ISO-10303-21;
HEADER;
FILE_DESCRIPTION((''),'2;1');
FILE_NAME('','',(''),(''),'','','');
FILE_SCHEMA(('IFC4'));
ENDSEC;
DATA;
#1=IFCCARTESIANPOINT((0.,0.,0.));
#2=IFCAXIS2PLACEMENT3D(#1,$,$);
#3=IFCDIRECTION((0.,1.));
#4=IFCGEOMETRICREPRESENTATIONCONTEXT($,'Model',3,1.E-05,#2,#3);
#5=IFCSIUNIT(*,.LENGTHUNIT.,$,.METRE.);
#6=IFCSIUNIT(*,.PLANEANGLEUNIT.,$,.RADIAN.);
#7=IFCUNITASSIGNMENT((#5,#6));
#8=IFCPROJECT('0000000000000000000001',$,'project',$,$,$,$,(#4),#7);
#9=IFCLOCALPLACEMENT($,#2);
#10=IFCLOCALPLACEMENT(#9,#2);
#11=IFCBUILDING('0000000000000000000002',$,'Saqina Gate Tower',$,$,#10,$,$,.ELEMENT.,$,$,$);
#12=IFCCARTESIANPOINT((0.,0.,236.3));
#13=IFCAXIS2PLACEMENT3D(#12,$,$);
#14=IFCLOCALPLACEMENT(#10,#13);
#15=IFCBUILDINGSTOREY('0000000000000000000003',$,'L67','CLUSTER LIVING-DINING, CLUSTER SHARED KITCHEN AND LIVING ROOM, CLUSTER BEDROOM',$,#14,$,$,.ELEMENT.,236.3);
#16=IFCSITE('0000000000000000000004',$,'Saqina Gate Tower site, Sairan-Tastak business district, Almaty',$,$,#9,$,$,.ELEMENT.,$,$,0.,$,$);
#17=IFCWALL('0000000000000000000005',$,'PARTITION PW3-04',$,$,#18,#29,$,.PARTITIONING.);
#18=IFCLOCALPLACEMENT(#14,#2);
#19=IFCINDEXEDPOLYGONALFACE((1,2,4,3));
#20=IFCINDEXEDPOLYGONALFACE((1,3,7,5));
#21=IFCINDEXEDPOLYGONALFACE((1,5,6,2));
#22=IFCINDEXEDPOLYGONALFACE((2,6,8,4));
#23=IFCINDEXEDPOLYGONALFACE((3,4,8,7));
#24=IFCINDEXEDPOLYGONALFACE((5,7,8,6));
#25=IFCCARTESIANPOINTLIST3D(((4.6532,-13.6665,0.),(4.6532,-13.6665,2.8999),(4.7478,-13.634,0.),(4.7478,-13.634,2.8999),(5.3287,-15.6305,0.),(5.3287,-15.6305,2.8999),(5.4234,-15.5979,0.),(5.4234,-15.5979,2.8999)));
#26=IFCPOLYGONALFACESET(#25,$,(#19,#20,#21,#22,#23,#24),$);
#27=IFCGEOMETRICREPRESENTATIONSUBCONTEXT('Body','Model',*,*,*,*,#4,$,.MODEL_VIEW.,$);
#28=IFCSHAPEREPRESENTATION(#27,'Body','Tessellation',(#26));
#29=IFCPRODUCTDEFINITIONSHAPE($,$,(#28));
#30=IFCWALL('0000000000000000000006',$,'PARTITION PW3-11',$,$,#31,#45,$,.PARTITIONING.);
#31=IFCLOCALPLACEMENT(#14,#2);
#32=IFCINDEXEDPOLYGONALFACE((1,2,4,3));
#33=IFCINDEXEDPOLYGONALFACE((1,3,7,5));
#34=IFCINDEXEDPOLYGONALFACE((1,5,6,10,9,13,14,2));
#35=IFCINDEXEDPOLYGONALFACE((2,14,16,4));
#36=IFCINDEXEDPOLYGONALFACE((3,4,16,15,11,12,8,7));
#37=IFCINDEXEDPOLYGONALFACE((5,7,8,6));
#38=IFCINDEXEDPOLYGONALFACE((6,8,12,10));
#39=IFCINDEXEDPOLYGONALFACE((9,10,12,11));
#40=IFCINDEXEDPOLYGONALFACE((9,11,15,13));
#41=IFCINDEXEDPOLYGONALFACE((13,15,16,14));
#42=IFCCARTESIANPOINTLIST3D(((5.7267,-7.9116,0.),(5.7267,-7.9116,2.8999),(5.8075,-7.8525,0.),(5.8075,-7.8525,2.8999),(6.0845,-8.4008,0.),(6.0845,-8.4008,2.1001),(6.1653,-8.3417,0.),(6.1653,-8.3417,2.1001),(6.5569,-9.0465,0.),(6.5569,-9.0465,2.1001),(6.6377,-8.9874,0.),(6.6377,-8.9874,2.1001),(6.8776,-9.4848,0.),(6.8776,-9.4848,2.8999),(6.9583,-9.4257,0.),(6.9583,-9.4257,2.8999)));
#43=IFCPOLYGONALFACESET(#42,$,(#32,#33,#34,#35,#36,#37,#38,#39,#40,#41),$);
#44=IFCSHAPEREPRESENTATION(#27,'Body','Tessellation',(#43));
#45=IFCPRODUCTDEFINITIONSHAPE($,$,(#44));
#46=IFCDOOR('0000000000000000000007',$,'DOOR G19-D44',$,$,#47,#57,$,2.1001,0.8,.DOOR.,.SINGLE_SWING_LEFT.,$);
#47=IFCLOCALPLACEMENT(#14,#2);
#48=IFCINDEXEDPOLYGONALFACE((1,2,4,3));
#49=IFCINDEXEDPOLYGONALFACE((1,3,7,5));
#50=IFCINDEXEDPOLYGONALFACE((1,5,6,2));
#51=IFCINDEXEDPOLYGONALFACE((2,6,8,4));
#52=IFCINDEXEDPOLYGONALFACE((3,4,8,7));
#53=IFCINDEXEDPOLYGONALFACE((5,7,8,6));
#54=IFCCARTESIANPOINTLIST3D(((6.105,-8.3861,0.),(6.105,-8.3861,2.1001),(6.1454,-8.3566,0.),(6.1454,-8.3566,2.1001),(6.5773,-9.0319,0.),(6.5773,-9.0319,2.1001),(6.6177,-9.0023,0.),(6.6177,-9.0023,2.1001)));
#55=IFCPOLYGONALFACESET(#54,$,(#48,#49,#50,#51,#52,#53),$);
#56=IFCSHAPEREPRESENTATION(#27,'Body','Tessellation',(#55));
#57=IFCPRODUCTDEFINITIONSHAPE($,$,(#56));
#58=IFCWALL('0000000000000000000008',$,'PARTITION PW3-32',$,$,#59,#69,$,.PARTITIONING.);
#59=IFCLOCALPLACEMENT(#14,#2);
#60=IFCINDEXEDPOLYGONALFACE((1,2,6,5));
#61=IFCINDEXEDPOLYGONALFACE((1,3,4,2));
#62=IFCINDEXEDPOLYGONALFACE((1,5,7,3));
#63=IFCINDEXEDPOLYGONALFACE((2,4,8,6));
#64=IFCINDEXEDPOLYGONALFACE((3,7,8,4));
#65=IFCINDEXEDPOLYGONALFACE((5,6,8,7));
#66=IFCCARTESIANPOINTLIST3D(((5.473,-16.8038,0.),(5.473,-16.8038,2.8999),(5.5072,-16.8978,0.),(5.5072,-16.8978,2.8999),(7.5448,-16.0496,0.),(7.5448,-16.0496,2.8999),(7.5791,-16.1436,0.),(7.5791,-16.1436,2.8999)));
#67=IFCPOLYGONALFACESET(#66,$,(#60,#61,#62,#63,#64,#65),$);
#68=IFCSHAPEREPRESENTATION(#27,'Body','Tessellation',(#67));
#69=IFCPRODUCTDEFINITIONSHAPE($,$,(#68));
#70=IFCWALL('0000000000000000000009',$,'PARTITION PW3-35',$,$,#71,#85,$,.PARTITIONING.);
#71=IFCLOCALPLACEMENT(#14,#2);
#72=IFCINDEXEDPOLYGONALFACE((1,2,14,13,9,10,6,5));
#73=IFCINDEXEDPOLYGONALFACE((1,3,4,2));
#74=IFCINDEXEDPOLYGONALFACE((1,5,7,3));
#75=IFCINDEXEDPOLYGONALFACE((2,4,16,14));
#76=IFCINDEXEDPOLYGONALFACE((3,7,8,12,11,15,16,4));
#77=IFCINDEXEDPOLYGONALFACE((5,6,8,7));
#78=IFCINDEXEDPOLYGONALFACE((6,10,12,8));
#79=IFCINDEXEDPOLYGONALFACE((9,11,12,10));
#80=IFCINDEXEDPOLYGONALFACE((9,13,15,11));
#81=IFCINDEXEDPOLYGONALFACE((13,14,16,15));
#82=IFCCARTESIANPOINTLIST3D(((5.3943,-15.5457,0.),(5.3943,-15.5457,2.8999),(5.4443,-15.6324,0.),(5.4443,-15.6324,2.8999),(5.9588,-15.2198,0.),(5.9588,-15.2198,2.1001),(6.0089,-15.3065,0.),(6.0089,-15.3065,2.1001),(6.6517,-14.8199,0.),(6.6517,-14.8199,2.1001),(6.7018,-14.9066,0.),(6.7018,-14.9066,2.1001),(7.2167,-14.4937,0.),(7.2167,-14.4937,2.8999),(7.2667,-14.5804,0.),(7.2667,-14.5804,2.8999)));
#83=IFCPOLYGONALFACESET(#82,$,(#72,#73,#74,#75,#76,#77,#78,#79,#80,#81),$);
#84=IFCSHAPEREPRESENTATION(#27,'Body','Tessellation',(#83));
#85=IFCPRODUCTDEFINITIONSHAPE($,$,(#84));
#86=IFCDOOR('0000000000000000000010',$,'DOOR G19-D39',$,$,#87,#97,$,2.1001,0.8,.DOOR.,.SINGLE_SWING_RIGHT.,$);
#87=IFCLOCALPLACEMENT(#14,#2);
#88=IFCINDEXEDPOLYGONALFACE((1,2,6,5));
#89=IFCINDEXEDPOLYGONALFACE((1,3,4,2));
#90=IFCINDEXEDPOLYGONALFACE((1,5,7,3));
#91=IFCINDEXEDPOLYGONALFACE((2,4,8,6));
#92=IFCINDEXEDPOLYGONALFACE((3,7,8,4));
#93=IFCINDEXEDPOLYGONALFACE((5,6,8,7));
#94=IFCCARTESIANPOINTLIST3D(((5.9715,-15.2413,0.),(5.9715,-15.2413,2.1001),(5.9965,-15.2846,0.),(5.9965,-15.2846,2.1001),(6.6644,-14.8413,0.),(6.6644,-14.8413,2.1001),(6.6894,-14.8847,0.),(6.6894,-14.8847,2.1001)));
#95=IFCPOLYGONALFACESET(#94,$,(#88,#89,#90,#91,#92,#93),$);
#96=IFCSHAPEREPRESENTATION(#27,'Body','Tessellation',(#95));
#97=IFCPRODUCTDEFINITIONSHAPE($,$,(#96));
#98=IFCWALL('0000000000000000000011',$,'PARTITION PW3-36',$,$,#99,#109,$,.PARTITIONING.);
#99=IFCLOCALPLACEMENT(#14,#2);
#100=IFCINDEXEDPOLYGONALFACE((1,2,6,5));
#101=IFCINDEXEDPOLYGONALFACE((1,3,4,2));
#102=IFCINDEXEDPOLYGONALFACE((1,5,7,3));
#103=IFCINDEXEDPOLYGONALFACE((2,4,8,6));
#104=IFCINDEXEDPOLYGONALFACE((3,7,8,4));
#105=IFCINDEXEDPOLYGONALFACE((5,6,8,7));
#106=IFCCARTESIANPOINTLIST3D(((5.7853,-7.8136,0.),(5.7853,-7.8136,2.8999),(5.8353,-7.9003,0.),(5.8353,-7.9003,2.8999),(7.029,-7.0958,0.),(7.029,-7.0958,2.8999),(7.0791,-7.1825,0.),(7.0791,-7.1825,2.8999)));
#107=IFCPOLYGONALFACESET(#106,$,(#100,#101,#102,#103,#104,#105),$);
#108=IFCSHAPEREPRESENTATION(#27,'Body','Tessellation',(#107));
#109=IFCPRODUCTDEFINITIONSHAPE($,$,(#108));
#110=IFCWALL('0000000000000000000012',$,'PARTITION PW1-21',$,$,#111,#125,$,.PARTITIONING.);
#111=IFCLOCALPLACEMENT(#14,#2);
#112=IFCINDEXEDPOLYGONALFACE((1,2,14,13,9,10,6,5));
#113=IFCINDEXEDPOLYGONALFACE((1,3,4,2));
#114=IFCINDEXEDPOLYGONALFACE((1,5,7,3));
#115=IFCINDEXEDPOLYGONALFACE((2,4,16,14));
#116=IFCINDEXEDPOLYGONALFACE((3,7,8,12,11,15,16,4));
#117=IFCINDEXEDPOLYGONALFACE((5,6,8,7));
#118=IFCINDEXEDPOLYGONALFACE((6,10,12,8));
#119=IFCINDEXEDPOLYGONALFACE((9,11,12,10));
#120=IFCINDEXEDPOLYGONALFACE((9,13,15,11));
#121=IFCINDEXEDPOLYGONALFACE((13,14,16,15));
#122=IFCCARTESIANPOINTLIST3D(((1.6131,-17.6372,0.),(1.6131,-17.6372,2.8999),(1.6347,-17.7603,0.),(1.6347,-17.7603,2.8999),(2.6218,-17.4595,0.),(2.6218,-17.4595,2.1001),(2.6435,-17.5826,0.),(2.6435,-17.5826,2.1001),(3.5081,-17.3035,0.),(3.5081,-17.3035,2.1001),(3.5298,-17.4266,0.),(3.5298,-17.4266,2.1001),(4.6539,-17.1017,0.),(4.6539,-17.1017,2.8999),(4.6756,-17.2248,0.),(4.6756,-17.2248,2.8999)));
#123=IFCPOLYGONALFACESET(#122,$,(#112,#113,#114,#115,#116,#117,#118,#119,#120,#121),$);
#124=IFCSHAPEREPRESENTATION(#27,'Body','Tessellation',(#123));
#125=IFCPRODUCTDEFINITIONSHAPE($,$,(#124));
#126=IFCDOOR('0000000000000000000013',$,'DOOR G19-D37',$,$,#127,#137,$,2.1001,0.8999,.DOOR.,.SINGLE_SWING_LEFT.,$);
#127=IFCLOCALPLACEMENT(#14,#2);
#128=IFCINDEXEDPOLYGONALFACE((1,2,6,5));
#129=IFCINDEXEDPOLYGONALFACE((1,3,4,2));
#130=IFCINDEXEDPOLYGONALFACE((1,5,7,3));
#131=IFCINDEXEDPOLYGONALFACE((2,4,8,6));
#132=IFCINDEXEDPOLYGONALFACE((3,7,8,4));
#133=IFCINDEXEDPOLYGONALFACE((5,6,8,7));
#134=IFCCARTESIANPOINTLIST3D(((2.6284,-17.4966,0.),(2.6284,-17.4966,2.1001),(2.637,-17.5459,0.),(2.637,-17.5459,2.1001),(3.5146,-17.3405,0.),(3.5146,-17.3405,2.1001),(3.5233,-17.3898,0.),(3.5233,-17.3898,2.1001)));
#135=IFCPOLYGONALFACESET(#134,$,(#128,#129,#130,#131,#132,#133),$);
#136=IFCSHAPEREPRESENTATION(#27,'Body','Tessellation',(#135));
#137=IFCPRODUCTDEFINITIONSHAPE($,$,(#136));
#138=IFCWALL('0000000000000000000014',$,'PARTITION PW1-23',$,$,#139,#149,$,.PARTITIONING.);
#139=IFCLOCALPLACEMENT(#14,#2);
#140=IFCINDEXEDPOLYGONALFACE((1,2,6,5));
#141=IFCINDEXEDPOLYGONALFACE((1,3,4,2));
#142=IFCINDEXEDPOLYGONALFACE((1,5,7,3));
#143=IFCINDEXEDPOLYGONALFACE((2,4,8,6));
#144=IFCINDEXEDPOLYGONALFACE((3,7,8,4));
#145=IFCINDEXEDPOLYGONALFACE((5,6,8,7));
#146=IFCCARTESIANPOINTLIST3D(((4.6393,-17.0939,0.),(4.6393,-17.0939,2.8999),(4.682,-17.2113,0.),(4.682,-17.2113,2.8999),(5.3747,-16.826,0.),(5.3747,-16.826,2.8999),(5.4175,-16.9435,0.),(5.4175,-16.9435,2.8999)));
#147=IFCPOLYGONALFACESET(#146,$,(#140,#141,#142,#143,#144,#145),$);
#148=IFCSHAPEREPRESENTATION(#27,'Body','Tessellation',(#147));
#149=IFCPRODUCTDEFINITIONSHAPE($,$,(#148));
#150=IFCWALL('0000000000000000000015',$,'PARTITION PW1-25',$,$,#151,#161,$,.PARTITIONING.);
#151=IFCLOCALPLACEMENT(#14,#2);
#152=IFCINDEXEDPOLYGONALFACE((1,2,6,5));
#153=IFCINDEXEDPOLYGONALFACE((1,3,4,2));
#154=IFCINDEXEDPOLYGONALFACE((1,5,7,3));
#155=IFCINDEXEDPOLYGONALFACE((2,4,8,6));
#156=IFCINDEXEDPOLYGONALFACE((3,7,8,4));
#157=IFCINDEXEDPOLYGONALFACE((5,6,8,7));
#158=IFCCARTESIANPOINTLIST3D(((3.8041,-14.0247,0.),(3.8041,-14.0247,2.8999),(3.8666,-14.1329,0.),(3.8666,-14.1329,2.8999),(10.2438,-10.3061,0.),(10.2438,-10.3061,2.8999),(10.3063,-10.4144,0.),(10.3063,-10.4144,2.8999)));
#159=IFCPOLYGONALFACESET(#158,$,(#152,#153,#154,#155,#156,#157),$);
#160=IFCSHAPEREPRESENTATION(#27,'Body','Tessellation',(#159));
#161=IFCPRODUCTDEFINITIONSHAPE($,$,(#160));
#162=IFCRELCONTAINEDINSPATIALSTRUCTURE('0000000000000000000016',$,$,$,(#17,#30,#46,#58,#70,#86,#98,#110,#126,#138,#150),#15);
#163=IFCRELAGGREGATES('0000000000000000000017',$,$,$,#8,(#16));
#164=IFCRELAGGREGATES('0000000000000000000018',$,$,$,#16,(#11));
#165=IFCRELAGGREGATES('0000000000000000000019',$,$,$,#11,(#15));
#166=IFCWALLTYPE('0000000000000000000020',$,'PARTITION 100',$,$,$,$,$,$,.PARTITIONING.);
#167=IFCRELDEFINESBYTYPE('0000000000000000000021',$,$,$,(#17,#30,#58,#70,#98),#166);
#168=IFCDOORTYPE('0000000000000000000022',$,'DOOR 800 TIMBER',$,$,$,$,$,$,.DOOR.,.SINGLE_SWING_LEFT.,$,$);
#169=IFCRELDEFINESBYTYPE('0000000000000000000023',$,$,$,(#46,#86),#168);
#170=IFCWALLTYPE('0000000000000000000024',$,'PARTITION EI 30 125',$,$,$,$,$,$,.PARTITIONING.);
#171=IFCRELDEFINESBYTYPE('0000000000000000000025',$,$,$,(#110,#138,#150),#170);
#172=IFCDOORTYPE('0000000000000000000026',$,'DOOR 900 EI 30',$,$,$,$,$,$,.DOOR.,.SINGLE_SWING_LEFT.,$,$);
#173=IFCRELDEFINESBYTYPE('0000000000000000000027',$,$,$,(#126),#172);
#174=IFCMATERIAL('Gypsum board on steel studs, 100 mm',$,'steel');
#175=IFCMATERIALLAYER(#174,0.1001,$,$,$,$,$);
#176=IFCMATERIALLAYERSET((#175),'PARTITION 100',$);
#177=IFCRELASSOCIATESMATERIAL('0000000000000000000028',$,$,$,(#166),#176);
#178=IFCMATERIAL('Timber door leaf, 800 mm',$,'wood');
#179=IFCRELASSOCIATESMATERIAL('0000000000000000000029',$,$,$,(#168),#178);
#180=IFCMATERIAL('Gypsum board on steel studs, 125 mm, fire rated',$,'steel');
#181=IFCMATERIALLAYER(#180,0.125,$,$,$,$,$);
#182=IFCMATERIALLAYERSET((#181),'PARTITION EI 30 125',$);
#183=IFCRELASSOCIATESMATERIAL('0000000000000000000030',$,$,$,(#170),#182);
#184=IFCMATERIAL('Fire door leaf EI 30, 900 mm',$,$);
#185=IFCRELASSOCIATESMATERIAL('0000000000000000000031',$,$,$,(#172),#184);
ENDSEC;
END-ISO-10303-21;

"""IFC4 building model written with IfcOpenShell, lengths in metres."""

from ifc_helpers import new_model, si_unit, direction, frame, frame_2d, origin, place, context, subcontext, project, spatial, rectangle, extrude, material, layer, layer_set, type_object, element, fill, save


model = new_model("IFC4")

# Units and contexts
model_context = context("Model", 3, precision=1e-05, world=origin(), true_north=direction((0.0, 1.0)))
body_context = subcontext(model_context, "Body", "Model", "MODEL_VIEW")
ifc_project = project(units=[si_unit("LENGTHUNIT", "METRE"), si_unit("PLANEANGLEUNIT", "RADIAN")], contexts=[model_context])

# Site, building, storey
site_placement = place(None, origin())
site = spatial("IfcSite", under=ifc_project, at=site_placement, Name="Saqina Gate Tower site, Sairan-Tastak business district, Almaty", CompositionType="ELEMENT", RefElevation=0.0)
building_placement = place(site_placement, origin())
building = spatial("IfcBuilding", under=site, at=building_placement, Name="Saqina Gate Tower", CompositionType="ELEMENT")
storey_placement = place(building_placement, frame((0.0, 0.0, 236.3)))
storey = spatial("IfcBuildingStorey", under=building, at=storey_placement, Name="L67", Description="CLUSTER LIVING-DINING, CLUSTER SHARED KITCHEN AND LIVING ROOM, CLUSTER BEDROOM", CompositionType="ELEMENT", Elevation=236.3)

# Wall
ifc_material_1 = material(Name="Gypsum board on steel studs, 100 mm", Category="steel")
ifc_layer_1 = layer(ifc_material_1, 0.1001)
ifc_layer_set_1 = layer_set([ifc_layer_1], Name="PARTITION 100")
wall_type_1 = type_object("IfcWallType", Name="PARTITION 100", PredefinedType="PARTITIONING", material=ifc_layer_set_1)
wall_1_placement = place(storey_placement, frame((4.7004, -13.6501, 0.0), z_axis=(0.0, 0.0, 1.0), x_axis=(0.325277, -0.945619, 0.0)))
element("IfcWall", 1, at=wall_1_placement, inside=storey, type_object=wall_type_1, Name="PARTITION PW3-04", PredefinedType="PARTITIONING", context=body_context, shape_type="SweptSolid", body=[
    extrude(rectangle(XDim=2.0769, YDim=0.1001, at=frame_2d((1.0386, 0.0))), origin(), (0.0, 0.0, 1.0), 2.8999),
])

# Wall, opening, door
wall_2_placement = place(storey_placement, frame((5.7671, -7.8821, 0.0), z_axis=(0.0, 0.0, 1.0), x_axis=(0.590418, -0.807097, 0.0)))
wall_2 = element("IfcWall", 2, at=wall_2_placement, inside=storey, type_object=wall_type_1, Name="PARTITION PW3-11", PredefinedType="PARTITIONING", context=body_context, shape_type="SweptSolid", body=[
    extrude(rectangle(XDim=1.9492, YDim=0.1001, at=frame_2d((0.9746, 0.0))), origin(), (0.0, 0.0, 1.0), 2.8999),
])
opening_1_placement = place(wall_2_placement, frame((0.6062, 0.0, 0.0)))
opening_1 = element("IfcOpeningElement", 3, at=opening_1_placement, cuts=wall_2, PredefinedType="OPENING", context=body_context, shape_type="SweptSolid", body=[
    extrude(rectangle(XDim=0.8, YDim=2.1001, at=frame_2d((0.3999, 1.05))), frame((0.0, 0.062, 0.0), z_axis=(0.0, -1.0, 0.0), x_axis=(1.0, 0.0, 0.0)), (0.0, 0.0, 1.0), 0.124),
])
ifc_material_2 = material(Name="Timber door leaf, 800 mm", Category="wood")
door_type_1 = type_object("IfcDoorType", Name="DOOR 800 TIMBER", OperationType="SINGLE_SWING_LEFT", PredefinedType="DOOR", material=ifc_material_2)
door_1_placement = place(opening_1_placement, frame((0.8, 0.0, 0.0), z_axis=(0.0, 0.0, 1.0), x_axis=(-1.0, 0.0, 0.0)))
door_1 = element("IfcDoor", 4, at=door_1_placement, inside=storey, type_object=door_type_1, Name="DOOR G19-D44", OperationType="SINGLE_SWING_LEFT", OverallHeight=2.1001, OverallWidth=0.8, PredefinedType="DOOR", context=body_context, shape_type="SweptSolid", body=[
    extrude(rectangle(XDim=0.8, YDim=2.1001, at=frame_2d((0.3999, 1.05))), frame((0.0, 0.0249, 0.0), z_axis=(0.0, -1.0, 0.0), x_axis=(1.0, 0.0, 0.0)), (0.0, 0.0, 1.0), 0.05),
])
fill(opening_1, door_1)

# Wall
wall_3_placement = place(storey_placement, frame((5.49, -16.8508, 0.0), z_axis=(0.0, 0.0, 1.0), x_axis=(0.93968, 0.342054, 0.0)))
element("IfcWall", 5, at=wall_3_placement, inside=storey, type_object=wall_type_1, Name="PARTITION PW3-32", PredefinedType="PARTITIONING", context=body_context, shape_type="SweptSolid", body=[
    extrude(rectangle(XDim=2.2048, YDim=0.1001, at=frame_2d((1.1025, 0.0))), origin(), (0.0, 0.0, 1.0), 2.8999),
])

# Wall, opening, door
wall_4_placement = place(storey_placement, frame((5.4192, -15.5891, 0.0), z_axis=(0.0, 0.0, 1.0), x_axis=(0.866072, 0.49992, 0.0)))
wall_4 = element("IfcWall", 6, at=wall_4_placement, inside=storey, type_object=wall_type_1, Name="PARTITION PW3-35", PredefinedType="PARTITIONING", context=body_context, shape_type="SweptSolid", body=[
    extrude(rectangle(XDim=2.1042, YDim=0.1001, at=frame_2d((1.0522, 0.0))), origin(), (0.0, 0.0, 1.0), 2.8999),
])
opening_2_placement = place(wall_4_placement, frame((0.6521, 0.0, 0.0)))
opening_2 = element("IfcOpeningElement", 7, at=opening_2_placement, cuts=wall_4, PredefinedType="OPENING", context=body_context, shape_type="SweptSolid", body=[
    extrude(rectangle(XDim=0.8, YDim=2.1001, at=frame_2d((0.3999, 1.05))), frame((0.0, 0.062, 0.0), z_axis=(0.0, -1.0, 0.0), x_axis=(1.0, 0.0, 0.0)), (0.0, 0.0, 1.0), 0.124),
])
door_2_placement = place(opening_2_placement, frame((0.8, 0.0, 0.0), z_axis=(0.0, 0.0, 1.0), x_axis=(-1.0, 0.0, 0.0)))
door_2 = element("IfcDoor", 8, at=door_2_placement, inside=storey, type_object=door_type_1, Name="DOOR G19-D39", OperationType="SINGLE_SWING_RIGHT", OverallHeight=2.1001, OverallWidth=0.8, PredefinedType="DOOR", context=body_context, shape_type="SweptSolid", body=[
    extrude(rectangle(XDim=0.8, YDim=2.1001, at=frame_2d((0.3999, 1.05))), frame((0.0, 0.0249, 0.0), z_axis=(0.0, -1.0, 0.0), x_axis=(1.0, 0.0, 0.0)), (0.0, 0.0, 1.0), 0.05),
])
fill(opening_2, door_2)

# Wall
wall_5_placement = place(storey_placement, frame((5.8103, -7.8569, 0.0), z_axis=(0.0, 0.0, 1.0), x_axis=(0.866101, 0.49987, 0.0)))
element("IfcWall", 9, at=wall_5_placement, inside=storey, type_object=wall_type_1, Name="PARTITION PW3-36", PredefinedType="PARTITIONING", context=body_context, shape_type="SweptSolid", body=[
    extrude(rectangle(XDim=1.436, YDim=0.1001, at=frame_2d((0.718, 0.0))), origin(), (0.0, 0.0, 1.0), 2.8999),
])

# Wall, opening, door
ifc_material_3 = material(Name="Gypsum board on steel studs, 125 mm, fire rated", Category="steel")
ifc_layer_2 = layer(ifc_material_3, 0.125)
ifc_layer_set_2 = layer_set([ifc_layer_2], Name="PARTITION EI 30 125")
wall_type_2 = type_object("IfcWallType", Name="PARTITION EI 30 125", PredefinedType="PARTITIONING", material=ifc_layer_set_2)
wall_6_placement = place(storey_placement, frame((1.6238, -17.6987, 0.0), z_axis=(0.0, 0.0, 1.0), x_axis=(0.98485, 0.173406, 0.0)))
wall_6 = element("IfcWall", 10, at=wall_6_placement, inside=storey, type_object=wall_type_2, Name="PARTITION PW1-21", PredefinedType="PARTITIONING", context=body_context, shape_type="SweptSolid", body=[
    extrude(rectangle(XDim=3.0876, YDim=0.125, at=frame_2d((1.5439, 0.0))), origin(), (0.0, 0.0, 1.0), 2.8999),
])
opening_3_placement = place(wall_6_placement, frame((1.0244, 0.0, 0.0)))
opening_3 = element("IfcOpeningElement", 11, at=opening_3_placement, cuts=wall_6, PredefinedType="OPENING", context=body_context, shape_type="SweptSolid", body=[
    extrude(rectangle(XDim=0.8999, YDim=2.1001, at=frame_2d((0.45, 1.05))), frame((0.0, 0.0745, 0.0), z_axis=(0.0, -1.0, 0.0), x_axis=(1.0, 0.0, 0.0)), (0.0, 0.0, 1.0), 0.1489),
])
ifc_material_4 = material(Name="Fire door leaf EI 30, 900 mm")
door_type_2 = type_object("IfcDoorType", Name="DOOR 900 EI 30", OperationType="SINGLE_SWING_LEFT", PredefinedType="DOOR", material=ifc_material_4)
door_3_placement = place(opening_3_placement, origin())
door_3 = element("IfcDoor", 12, at=door_3_placement, inside=storey, type_object=door_type_2, Name="DOOR G19-D37", OperationType="SINGLE_SWING_LEFT", OverallHeight=2.1001, OverallWidth=0.8999, PredefinedType="DOOR", context=body_context, shape_type="SweptSolid", body=[
    extrude(rectangle(XDim=0.8999, YDim=2.1001, at=frame_2d((0.45, 1.05))), frame((0.0, 0.0249, 0.0), z_axis=(0.0, -1.0, 0.0), x_axis=(1.0, 0.0, 0.0)), (0.0, 0.0, 1.0), 0.05),
])
fill(opening_3, door_3)

# Walls
wall_7_placement = place(storey_placement, frame((4.6606, -17.1526, 0.0), z_axis=(0.0, 0.0, 1.0), x_axis=(0.93962, 0.342219, 0.0)))
element("IfcWall", 13, at=wall_7_placement, inside=storey, type_object=wall_type_2, Name="PARTITION PW1-23", PredefinedType="PARTITIONING", context=body_context, shape_type="SweptSolid", body=[
    extrude(rectangle(XDim=0.7827, YDim=0.125, at=frame_2d((0.3914, 0.0))), origin(), (0.0, 0.0, 1.0), 2.8999),
])
wall_8_placement = place(storey_placement, frame((3.8352, -14.0789, 0.0), z_axis=(0.0, 0.0, 1.0), x_axis=(0.865994, 0.500055, 0.0)))
element("IfcWall", 14, at=wall_8_placement, inside=storey, type_object=wall_type_2, Name="PARTITION PW1-25", PredefinedType="PARTITIONING", context=body_context, shape_type="SweptSolid", body=[
    extrude(rectangle(XDim=7.4363, YDim=0.125, at=frame_2d((3.7183, 0.0))), origin(), (0.0, 0.0, 1.0), 2.8999),
])

save(model, "model.ifc")
